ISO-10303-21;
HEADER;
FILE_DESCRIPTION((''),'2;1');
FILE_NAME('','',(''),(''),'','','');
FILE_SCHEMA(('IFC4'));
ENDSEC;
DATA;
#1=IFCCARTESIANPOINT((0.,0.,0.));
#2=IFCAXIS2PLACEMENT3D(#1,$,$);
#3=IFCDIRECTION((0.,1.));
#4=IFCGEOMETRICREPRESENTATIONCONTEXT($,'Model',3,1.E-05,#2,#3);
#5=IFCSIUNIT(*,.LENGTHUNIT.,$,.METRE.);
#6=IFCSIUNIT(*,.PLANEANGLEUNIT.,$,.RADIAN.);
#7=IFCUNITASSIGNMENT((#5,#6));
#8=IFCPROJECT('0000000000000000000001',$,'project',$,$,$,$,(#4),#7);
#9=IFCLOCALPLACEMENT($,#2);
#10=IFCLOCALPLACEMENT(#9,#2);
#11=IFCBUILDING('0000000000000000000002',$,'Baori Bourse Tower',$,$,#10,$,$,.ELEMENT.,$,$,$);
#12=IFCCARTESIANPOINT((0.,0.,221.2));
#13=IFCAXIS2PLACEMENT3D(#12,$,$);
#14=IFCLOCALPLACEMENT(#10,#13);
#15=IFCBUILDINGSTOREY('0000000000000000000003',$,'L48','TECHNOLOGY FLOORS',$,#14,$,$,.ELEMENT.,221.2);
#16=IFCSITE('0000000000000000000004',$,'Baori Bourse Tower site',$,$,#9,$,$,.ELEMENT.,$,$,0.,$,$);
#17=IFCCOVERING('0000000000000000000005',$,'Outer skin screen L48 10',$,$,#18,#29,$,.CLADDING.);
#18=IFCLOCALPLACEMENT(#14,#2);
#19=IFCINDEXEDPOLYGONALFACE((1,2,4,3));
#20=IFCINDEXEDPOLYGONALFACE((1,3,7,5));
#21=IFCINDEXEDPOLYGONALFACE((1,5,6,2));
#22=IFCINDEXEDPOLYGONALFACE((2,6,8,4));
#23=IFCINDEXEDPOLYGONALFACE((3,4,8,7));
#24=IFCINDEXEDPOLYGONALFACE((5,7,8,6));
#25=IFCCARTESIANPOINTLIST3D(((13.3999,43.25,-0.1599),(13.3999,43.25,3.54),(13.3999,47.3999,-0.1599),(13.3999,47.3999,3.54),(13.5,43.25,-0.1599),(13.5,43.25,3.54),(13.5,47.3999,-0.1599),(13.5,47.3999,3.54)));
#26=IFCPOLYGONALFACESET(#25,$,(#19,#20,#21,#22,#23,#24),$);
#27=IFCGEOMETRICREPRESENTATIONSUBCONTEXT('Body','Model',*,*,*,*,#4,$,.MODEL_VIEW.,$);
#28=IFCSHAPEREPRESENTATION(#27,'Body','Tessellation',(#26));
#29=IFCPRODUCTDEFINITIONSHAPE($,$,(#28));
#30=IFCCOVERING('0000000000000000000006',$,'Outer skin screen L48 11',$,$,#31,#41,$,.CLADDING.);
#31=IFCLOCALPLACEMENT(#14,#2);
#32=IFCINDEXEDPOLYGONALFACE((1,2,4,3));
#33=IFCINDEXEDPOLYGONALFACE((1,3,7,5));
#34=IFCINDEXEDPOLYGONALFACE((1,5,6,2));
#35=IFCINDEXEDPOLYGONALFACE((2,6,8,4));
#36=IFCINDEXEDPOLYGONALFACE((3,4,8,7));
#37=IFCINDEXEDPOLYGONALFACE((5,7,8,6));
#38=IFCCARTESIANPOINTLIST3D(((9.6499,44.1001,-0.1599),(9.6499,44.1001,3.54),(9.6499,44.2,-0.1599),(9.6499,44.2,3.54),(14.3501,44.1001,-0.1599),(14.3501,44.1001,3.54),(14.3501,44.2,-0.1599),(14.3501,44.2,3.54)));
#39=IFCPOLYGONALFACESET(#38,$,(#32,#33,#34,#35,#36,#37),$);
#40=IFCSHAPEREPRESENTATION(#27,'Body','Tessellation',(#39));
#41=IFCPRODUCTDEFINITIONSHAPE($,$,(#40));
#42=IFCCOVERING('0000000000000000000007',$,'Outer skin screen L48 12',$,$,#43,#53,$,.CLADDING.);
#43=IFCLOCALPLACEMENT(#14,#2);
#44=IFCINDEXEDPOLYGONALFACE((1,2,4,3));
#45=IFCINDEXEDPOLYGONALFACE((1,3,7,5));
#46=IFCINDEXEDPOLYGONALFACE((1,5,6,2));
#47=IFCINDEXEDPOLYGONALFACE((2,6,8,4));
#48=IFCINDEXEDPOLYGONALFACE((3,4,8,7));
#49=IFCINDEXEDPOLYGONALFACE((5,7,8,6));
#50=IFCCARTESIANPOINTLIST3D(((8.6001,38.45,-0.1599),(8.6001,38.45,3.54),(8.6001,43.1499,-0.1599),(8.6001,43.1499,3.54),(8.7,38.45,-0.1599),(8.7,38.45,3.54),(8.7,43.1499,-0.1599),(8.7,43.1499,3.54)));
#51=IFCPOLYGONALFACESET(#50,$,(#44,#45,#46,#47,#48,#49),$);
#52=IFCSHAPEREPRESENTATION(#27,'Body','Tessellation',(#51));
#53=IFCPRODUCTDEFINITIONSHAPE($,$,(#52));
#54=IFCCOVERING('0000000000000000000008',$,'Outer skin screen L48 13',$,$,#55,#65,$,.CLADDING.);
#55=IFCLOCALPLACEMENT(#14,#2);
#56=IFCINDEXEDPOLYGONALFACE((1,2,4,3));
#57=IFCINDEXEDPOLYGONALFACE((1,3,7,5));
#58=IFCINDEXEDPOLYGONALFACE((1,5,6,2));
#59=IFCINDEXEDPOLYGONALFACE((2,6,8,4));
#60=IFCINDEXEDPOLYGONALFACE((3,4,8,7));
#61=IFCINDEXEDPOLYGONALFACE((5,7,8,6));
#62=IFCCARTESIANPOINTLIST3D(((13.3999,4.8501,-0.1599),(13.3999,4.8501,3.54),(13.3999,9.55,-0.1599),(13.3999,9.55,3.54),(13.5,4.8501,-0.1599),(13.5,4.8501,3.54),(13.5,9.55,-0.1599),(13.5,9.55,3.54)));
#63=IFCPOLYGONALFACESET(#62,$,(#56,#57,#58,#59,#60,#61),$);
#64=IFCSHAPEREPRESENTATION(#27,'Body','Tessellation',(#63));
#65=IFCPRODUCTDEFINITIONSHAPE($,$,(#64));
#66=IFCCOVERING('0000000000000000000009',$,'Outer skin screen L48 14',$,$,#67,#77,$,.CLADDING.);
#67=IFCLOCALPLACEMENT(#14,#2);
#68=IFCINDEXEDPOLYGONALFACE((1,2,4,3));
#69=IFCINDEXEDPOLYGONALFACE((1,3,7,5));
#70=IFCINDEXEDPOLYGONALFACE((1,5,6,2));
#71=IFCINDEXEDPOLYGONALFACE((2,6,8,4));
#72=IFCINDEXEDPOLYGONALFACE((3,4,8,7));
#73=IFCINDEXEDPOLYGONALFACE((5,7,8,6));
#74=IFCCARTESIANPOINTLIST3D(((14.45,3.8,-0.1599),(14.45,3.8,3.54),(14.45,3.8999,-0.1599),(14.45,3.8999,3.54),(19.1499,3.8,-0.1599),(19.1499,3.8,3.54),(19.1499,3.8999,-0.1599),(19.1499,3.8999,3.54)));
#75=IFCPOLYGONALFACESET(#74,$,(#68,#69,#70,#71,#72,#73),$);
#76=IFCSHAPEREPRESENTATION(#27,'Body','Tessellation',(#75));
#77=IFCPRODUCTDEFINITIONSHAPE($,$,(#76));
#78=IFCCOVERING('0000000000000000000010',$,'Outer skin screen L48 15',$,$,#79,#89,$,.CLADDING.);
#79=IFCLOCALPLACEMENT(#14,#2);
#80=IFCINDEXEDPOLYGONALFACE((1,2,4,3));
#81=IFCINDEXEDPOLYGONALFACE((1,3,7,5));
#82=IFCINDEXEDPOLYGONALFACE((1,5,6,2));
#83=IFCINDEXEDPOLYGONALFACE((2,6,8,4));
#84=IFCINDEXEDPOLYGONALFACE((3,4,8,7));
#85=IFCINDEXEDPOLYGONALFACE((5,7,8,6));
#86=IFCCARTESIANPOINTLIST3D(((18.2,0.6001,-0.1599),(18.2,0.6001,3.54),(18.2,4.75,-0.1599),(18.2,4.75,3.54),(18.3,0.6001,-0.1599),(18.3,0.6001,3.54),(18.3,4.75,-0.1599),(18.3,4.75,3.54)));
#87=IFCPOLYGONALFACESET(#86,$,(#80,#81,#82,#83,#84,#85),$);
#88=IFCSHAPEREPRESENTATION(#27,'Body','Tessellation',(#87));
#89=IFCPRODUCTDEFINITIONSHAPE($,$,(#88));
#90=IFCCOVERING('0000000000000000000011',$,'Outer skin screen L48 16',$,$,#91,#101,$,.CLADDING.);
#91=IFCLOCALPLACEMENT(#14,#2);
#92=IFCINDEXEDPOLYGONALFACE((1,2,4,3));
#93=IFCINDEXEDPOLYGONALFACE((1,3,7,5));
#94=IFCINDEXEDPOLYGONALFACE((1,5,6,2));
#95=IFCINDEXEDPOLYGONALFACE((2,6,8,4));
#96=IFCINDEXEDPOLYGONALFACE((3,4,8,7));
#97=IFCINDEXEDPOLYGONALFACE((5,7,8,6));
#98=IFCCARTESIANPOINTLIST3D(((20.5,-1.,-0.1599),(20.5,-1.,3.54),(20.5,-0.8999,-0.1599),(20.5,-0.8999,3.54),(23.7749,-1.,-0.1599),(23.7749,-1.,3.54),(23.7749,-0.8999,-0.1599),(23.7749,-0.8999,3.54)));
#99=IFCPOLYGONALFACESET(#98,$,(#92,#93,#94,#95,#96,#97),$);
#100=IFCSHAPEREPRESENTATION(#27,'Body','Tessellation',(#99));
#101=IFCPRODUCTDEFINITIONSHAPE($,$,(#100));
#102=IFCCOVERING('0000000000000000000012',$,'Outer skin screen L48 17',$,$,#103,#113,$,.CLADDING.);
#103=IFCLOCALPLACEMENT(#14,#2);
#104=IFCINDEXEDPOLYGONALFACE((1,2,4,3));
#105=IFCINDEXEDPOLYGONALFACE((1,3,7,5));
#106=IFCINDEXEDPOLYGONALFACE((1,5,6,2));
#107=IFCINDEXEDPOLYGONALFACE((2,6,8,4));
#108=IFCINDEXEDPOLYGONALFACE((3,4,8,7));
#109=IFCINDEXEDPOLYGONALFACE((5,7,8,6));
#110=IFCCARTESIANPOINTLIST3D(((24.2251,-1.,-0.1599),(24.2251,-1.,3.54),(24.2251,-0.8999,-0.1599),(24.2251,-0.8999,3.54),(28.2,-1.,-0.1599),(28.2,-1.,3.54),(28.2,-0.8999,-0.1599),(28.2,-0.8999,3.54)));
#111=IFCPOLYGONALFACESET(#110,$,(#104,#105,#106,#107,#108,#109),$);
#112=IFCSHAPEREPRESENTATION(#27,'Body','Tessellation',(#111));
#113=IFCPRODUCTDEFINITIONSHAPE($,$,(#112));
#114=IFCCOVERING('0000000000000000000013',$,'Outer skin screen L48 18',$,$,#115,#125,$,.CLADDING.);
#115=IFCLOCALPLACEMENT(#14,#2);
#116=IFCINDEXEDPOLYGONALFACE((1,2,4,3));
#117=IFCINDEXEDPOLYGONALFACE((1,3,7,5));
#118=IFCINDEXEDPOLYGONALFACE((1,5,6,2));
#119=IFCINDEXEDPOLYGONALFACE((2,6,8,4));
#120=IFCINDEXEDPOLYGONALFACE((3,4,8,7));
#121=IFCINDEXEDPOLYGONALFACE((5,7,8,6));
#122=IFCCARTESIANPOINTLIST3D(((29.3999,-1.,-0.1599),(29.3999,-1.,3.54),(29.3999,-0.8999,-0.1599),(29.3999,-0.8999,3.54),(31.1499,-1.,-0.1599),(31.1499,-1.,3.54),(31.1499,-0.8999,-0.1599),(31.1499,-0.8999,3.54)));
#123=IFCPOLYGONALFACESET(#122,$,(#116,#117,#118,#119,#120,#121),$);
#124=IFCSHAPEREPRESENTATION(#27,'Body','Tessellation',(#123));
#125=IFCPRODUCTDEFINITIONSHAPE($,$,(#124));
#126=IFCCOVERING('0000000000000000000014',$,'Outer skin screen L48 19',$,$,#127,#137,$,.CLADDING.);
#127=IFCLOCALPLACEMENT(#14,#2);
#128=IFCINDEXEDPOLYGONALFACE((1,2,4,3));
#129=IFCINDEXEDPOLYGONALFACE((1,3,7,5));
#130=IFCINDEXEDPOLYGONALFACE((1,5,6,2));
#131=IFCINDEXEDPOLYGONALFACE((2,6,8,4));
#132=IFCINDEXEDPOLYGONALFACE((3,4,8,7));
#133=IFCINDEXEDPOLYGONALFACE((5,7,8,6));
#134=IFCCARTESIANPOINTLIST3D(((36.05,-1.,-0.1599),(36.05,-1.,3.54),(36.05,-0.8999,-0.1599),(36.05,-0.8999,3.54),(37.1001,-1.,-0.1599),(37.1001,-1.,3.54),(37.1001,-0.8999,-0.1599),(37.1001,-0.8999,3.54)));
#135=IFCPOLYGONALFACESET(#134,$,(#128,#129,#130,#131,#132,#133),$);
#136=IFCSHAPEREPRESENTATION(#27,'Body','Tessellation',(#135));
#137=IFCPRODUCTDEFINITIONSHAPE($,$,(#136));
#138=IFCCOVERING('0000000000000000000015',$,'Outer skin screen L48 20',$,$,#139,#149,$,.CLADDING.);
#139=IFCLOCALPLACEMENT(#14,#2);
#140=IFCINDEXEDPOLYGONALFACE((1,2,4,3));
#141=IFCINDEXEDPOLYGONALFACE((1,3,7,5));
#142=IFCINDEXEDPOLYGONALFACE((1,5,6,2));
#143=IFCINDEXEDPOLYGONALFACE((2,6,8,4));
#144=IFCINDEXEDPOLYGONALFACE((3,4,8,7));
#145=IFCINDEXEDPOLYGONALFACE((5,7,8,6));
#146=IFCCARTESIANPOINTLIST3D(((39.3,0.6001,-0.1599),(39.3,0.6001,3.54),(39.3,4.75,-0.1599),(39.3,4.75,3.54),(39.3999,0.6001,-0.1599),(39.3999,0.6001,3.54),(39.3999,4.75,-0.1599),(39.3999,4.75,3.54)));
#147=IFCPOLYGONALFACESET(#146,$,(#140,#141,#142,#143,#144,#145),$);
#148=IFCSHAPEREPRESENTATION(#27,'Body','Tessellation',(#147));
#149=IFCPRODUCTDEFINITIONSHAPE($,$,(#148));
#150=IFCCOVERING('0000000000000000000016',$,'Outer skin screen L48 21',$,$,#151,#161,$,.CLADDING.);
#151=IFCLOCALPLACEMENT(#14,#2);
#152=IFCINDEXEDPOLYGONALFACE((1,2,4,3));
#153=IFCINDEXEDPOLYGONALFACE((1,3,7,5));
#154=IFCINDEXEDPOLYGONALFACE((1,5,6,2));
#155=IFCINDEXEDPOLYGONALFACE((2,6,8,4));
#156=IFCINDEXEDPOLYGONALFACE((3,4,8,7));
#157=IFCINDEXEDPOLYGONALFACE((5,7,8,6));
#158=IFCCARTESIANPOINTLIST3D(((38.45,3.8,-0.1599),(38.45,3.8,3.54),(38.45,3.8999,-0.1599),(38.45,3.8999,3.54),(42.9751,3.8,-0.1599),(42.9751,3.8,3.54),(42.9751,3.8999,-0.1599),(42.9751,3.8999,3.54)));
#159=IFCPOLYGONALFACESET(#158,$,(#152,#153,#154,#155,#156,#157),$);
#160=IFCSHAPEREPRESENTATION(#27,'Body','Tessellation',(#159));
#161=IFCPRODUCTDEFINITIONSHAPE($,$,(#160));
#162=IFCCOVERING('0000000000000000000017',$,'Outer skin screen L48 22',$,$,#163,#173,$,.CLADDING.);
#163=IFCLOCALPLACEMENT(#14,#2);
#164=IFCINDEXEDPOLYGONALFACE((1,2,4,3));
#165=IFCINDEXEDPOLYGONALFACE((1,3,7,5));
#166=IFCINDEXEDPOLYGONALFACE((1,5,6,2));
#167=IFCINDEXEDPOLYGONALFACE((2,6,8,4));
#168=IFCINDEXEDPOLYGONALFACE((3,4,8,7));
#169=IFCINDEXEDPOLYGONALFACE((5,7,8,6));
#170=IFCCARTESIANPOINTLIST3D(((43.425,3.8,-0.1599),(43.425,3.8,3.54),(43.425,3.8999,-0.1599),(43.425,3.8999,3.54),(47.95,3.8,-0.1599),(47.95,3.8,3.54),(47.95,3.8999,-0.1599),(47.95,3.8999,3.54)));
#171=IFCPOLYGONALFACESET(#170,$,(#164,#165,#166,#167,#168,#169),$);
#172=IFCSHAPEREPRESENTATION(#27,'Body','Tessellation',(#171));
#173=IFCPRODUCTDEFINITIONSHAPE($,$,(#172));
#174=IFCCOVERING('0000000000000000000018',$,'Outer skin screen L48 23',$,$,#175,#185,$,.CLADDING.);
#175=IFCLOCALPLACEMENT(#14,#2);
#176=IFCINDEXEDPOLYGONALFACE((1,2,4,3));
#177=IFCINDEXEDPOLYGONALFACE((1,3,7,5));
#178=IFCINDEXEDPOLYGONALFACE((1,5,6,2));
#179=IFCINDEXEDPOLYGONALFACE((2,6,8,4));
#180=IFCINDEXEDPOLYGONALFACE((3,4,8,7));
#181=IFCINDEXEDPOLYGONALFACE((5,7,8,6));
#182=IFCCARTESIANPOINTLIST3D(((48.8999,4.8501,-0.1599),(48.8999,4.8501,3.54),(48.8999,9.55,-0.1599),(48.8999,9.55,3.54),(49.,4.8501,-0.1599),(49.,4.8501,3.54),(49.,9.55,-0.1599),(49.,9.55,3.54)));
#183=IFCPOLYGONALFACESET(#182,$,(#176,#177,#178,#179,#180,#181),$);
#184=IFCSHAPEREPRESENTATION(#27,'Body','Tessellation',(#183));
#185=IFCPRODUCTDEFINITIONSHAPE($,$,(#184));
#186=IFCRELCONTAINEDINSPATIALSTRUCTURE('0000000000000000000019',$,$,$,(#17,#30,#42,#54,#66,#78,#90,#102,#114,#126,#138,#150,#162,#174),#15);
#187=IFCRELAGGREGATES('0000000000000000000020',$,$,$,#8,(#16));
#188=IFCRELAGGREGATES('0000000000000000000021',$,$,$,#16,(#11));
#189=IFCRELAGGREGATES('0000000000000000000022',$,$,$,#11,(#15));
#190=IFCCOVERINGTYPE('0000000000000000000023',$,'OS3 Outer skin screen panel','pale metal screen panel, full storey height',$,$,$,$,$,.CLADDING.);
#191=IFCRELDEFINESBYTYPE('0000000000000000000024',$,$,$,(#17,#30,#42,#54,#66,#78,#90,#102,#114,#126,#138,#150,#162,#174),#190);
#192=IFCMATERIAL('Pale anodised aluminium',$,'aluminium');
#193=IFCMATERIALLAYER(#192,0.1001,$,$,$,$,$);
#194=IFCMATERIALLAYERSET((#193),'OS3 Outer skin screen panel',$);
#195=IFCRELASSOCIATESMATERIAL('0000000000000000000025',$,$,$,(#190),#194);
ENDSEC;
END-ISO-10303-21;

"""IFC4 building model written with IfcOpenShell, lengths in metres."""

from ifc_helpers import new_model, si_unit, direction, frame, origin, place, context, subcontext, project, spatial, polyline, outline, extrude, material, layer, layer_set, type_object, element, save


model = new_model("IFC4")

# Units and contexts
model_context = context("Model", 3, precision=1e-05, world=origin(), true_north=direction((0.0, 1.0)))
body_context = subcontext(model_context, "Body", "Model", "MODEL_VIEW")
ifc_project = project(units=[si_unit("LENGTHUNIT", "METRE"), si_unit("PLANEANGLEUNIT", "RADIAN")], contexts=[model_context])

# Site, building, storey
site_placement = place(None, origin())
site = spatial("IfcSite", under=ifc_project, at=site_placement, Name="Baori Bourse Tower site", CompositionType="ELEMENT", RefElevation=0.0)
building_placement = place(site_placement, origin())
building = spatial("IfcBuilding", under=site, at=building_placement, Name="Baori Bourse Tower", CompositionType="ELEMENT")
storey_placement = place(building_placement, frame((0.0, 0.0, 221.2)))
storey = spatial("IfcBuildingStorey", under=building, at=storey_placement, Name="L48", Description="TECHNOLOGY FLOORS", CompositionType="ELEMENT", Elevation=221.2)

# Coverings
ifc_material_1 = material(Name="Pale anodised aluminium", Category="aluminium")
ifc_layer_1 = layer(ifc_material_1, 0.1001)
ifc_layer_set_1 = layer_set([ifc_layer_1], Name="OS3 Outer skin screen panel")
covering_type_1 = type_object("IfcCoveringType", Name="OS3 Outer skin screen panel", Description="pale metal screen panel, full storey height", PredefinedType="CLADDING", material=ifc_layer_set_1)
covering_1_placement = place(storey_placement, frame((0.0, 0.0, -0.1599)))
element("IfcCovering", 1, at=covering_1_placement, inside=storey, type_object=covering_type_1, Name="Outer skin screen L48 10", PredefinedType="CLADDING", context=body_context, shape_type="SweptSolid", body=[
    extrude(outline(polyline([(13.5, 43.25), (13.5, 47.3999), (13.3999, 47.3999), (13.3999, 43.25), (13.5, 43.25)])), origin(), (0.0, 0.0, 1.0), 3.7),
])
covering_2_placement = place(storey_placement, frame((0.0, 0.0, -0.1599)))
element("IfcCovering", 2, at=covering_2_placement, inside=storey, type_object=covering_type_1, Name="Outer skin screen L48 11", PredefinedType="CLADDING", context=body_context, shape_type="SweptSolid", body=[
    extrude(outline(polyline([(9.6499, 44.1001), (14.3501, 44.1001), (14.3501, 44.2), (9.6499, 44.2), (9.6499, 44.1001)])), origin(), (0.0, 0.0, 1.0), 3.7),
])
covering_3_placement = place(storey_placement, frame((0.0, 0.0, -0.1599)))
element("IfcCovering", 3, at=covering_3_placement, inside=storey, type_object=covering_type_1, Name="Outer skin screen L48 12", PredefinedType="CLADDING", context=body_context, shape_type="SweptSolid", body=[
    extrude(outline(polyline([(8.7, 38.45), (8.7, 43.1499), (8.6001, 43.1499), (8.6001, 38.45), (8.7, 38.45)])), origin(), (0.0, 0.0, 1.0), 3.7),
])
covering_4_placement = place(storey_placement, frame((0.0, 0.0, -0.1599)))
element("IfcCovering", 4, at=covering_4_placement, inside=storey, type_object=covering_type_1, Name="Outer skin screen L48 13", PredefinedType="CLADDING", context=body_context, shape_type="SweptSolid", body=[
    extrude(outline(polyline([(13.5, 4.8501), (13.5, 9.55), (13.3999, 9.55), (13.3999, 4.8501), (13.5, 4.8501)])), origin(), (0.0, 0.0, 1.0), 3.7),
])
covering_5_placement = place(storey_placement, frame((0.0, 0.0, -0.1599)))
element("IfcCovering", 5, at=covering_5_placement, inside=storey, type_object=covering_type_1, Name="Outer skin screen L48 14", PredefinedType="CLADDING", context=body_context, shape_type="SweptSolid", body=[
    extrude(outline(polyline([(19.1499, 3.8999), (14.45, 3.8999), (14.45, 3.8), (19.1499, 3.8), (19.1499, 3.8999)])), origin(), (0.0, 0.0, 1.0), 3.7),
])
covering_6_placement = place(storey_placement, frame((0.0, 0.0, -0.1599)))
element("IfcCovering", 6, at=covering_6_placement, inside=storey, type_object=covering_type_1, Name="Outer skin screen L48 15", PredefinedType="CLADDING", context=body_context, shape_type="SweptSolid", body=[
    extrude(outline(polyline([(18.3, 0.6001), (18.3, 4.75), (18.2, 4.75), (18.2, 0.6001), (18.3, 0.6001)])), origin(), (0.0, 0.0, 1.0), 3.7),
])
covering_7_placement = place(storey_placement, frame((0.0, 0.0, -0.1599)))
element("IfcCovering", 7, at=covering_7_placement, inside=storey, type_object=covering_type_1, Name="Outer skin screen L48 16", PredefinedType="CLADDING", context=body_context, shape_type="SweptSolid", body=[
    extrude(outline(polyline([(23.7749, -0.8999), (20.5, -0.8999), (20.5, -1.0), (23.7749, -1.0), (23.7749, -0.8999)])), origin(), (0.0, 0.0, 1.0), 3.7),
])
covering_8_placement = place(storey_placement, frame((0.0, 0.0, -0.1599)))
element("IfcCovering", 8, at=covering_8_placement, inside=storey, type_object=covering_type_1, Name="Outer skin screen L48 17", PredefinedType="CLADDING", context=body_context, shape_type="SweptSolid", body=[
    extrude(outline(polyline([(28.2, -0.8999), (24.2251, -0.8999), (24.2251, -1.0), (28.2, -1.0), (28.2, -0.8999)])), origin(), (0.0, 0.0, 1.0), 3.7),
])
covering_9_placement = place(storey_placement, frame((0.0, 0.0, -0.1599)))
element("IfcCovering", 9, at=covering_9_placement, inside=storey, type_object=covering_type_1, Name="Outer skin screen L48 18", PredefinedType="CLADDING", context=body_context, shape_type="SweptSolid", body=[
    extrude(outline(polyline([(31.1499, -0.8999), (29.3999, -0.8999), (29.3999, -1.0), (31.1499, -1.0), (31.1499, -0.8999)])), origin(), (0.0, 0.0, 1.0), 3.7),
])
covering_10_placement = place(storey_placement, frame((0.0, 0.0, -0.1599)))
element("IfcCovering", 10, at=covering_10_placement, inside=storey, type_object=covering_type_1, Name="Outer skin screen L48 19", PredefinedType="CLADDING", context=body_context, shape_type="SweptSolid", body=[
    extrude(outline(polyline([(37.1001, -0.8999), (36.05, -0.8999), (36.05, -1.0), (37.1001, -1.0), (37.1001, -0.8999)])), origin(), (0.0, 0.0, 1.0), 3.7),
])
covering_11_placement = place(storey_placement, frame((0.0, 0.0, -0.1599)))
element("IfcCovering", 11, at=covering_11_placement, inside=storey, type_object=covering_type_1, Name="Outer skin screen L48 20", PredefinedType="CLADDING", context=body_context, shape_type="SweptSolid", body=[
    extrude(outline(polyline([(39.3, 4.75), (39.3, 0.6001), (39.3999, 0.6001), (39.3999, 4.75), (39.3, 4.75)])), origin(), (0.0, 0.0, 1.0), 3.7),
])
covering_12_placement = place(storey_placement, frame((0.0, 0.0, -0.1599)))
element("IfcCovering", 12, at=covering_12_placement, inside=storey, type_object=covering_type_1, Name="Outer skin screen L48 21", PredefinedType="CLADDING", context=body_context, shape_type="SweptSolid", body=[
    extrude(outline(polyline([(42.9751, 3.8999), (38.45, 3.8999), (38.45, 3.8), (42.9751, 3.8), (42.9751, 3.8999)])), origin(), (0.0, 0.0, 1.0), 3.7),
])
covering_13_placement = place(storey_placement, frame((0.0, 0.0, -0.1599)))
element("IfcCovering", 13, at=covering_13_placement, inside=storey, type_object=covering_type_1, Name="Outer skin screen L48 22", PredefinedType="CLADDING", context=body_context, shape_type="SweptSolid", body=[
    extrude(outline(polyline([(47.95, 3.8999), (43.425, 3.8999), (43.425, 3.8), (47.95, 3.8), (47.95, 3.8999)])), origin(), (0.0, 0.0, 1.0), 3.7),
])
covering_14_placement = place(storey_placement, frame((0.0, 0.0, -0.1599)))
element("IfcCovering", 14, at=covering_14_placement, inside=storey, type_object=covering_type_1, Name="Outer skin screen L48 23", PredefinedType="CLADDING", context=body_context, shape_type="SweptSolid", body=[
    extrude(outline(polyline([(48.8999, 9.55), (48.8999, 4.8501), (49.0, 4.8501), (49.0, 9.55), (48.8999, 9.55)])), origin(), (0.0, 0.0, 1.0), 3.7),
])

save(model, "model.ifc")
